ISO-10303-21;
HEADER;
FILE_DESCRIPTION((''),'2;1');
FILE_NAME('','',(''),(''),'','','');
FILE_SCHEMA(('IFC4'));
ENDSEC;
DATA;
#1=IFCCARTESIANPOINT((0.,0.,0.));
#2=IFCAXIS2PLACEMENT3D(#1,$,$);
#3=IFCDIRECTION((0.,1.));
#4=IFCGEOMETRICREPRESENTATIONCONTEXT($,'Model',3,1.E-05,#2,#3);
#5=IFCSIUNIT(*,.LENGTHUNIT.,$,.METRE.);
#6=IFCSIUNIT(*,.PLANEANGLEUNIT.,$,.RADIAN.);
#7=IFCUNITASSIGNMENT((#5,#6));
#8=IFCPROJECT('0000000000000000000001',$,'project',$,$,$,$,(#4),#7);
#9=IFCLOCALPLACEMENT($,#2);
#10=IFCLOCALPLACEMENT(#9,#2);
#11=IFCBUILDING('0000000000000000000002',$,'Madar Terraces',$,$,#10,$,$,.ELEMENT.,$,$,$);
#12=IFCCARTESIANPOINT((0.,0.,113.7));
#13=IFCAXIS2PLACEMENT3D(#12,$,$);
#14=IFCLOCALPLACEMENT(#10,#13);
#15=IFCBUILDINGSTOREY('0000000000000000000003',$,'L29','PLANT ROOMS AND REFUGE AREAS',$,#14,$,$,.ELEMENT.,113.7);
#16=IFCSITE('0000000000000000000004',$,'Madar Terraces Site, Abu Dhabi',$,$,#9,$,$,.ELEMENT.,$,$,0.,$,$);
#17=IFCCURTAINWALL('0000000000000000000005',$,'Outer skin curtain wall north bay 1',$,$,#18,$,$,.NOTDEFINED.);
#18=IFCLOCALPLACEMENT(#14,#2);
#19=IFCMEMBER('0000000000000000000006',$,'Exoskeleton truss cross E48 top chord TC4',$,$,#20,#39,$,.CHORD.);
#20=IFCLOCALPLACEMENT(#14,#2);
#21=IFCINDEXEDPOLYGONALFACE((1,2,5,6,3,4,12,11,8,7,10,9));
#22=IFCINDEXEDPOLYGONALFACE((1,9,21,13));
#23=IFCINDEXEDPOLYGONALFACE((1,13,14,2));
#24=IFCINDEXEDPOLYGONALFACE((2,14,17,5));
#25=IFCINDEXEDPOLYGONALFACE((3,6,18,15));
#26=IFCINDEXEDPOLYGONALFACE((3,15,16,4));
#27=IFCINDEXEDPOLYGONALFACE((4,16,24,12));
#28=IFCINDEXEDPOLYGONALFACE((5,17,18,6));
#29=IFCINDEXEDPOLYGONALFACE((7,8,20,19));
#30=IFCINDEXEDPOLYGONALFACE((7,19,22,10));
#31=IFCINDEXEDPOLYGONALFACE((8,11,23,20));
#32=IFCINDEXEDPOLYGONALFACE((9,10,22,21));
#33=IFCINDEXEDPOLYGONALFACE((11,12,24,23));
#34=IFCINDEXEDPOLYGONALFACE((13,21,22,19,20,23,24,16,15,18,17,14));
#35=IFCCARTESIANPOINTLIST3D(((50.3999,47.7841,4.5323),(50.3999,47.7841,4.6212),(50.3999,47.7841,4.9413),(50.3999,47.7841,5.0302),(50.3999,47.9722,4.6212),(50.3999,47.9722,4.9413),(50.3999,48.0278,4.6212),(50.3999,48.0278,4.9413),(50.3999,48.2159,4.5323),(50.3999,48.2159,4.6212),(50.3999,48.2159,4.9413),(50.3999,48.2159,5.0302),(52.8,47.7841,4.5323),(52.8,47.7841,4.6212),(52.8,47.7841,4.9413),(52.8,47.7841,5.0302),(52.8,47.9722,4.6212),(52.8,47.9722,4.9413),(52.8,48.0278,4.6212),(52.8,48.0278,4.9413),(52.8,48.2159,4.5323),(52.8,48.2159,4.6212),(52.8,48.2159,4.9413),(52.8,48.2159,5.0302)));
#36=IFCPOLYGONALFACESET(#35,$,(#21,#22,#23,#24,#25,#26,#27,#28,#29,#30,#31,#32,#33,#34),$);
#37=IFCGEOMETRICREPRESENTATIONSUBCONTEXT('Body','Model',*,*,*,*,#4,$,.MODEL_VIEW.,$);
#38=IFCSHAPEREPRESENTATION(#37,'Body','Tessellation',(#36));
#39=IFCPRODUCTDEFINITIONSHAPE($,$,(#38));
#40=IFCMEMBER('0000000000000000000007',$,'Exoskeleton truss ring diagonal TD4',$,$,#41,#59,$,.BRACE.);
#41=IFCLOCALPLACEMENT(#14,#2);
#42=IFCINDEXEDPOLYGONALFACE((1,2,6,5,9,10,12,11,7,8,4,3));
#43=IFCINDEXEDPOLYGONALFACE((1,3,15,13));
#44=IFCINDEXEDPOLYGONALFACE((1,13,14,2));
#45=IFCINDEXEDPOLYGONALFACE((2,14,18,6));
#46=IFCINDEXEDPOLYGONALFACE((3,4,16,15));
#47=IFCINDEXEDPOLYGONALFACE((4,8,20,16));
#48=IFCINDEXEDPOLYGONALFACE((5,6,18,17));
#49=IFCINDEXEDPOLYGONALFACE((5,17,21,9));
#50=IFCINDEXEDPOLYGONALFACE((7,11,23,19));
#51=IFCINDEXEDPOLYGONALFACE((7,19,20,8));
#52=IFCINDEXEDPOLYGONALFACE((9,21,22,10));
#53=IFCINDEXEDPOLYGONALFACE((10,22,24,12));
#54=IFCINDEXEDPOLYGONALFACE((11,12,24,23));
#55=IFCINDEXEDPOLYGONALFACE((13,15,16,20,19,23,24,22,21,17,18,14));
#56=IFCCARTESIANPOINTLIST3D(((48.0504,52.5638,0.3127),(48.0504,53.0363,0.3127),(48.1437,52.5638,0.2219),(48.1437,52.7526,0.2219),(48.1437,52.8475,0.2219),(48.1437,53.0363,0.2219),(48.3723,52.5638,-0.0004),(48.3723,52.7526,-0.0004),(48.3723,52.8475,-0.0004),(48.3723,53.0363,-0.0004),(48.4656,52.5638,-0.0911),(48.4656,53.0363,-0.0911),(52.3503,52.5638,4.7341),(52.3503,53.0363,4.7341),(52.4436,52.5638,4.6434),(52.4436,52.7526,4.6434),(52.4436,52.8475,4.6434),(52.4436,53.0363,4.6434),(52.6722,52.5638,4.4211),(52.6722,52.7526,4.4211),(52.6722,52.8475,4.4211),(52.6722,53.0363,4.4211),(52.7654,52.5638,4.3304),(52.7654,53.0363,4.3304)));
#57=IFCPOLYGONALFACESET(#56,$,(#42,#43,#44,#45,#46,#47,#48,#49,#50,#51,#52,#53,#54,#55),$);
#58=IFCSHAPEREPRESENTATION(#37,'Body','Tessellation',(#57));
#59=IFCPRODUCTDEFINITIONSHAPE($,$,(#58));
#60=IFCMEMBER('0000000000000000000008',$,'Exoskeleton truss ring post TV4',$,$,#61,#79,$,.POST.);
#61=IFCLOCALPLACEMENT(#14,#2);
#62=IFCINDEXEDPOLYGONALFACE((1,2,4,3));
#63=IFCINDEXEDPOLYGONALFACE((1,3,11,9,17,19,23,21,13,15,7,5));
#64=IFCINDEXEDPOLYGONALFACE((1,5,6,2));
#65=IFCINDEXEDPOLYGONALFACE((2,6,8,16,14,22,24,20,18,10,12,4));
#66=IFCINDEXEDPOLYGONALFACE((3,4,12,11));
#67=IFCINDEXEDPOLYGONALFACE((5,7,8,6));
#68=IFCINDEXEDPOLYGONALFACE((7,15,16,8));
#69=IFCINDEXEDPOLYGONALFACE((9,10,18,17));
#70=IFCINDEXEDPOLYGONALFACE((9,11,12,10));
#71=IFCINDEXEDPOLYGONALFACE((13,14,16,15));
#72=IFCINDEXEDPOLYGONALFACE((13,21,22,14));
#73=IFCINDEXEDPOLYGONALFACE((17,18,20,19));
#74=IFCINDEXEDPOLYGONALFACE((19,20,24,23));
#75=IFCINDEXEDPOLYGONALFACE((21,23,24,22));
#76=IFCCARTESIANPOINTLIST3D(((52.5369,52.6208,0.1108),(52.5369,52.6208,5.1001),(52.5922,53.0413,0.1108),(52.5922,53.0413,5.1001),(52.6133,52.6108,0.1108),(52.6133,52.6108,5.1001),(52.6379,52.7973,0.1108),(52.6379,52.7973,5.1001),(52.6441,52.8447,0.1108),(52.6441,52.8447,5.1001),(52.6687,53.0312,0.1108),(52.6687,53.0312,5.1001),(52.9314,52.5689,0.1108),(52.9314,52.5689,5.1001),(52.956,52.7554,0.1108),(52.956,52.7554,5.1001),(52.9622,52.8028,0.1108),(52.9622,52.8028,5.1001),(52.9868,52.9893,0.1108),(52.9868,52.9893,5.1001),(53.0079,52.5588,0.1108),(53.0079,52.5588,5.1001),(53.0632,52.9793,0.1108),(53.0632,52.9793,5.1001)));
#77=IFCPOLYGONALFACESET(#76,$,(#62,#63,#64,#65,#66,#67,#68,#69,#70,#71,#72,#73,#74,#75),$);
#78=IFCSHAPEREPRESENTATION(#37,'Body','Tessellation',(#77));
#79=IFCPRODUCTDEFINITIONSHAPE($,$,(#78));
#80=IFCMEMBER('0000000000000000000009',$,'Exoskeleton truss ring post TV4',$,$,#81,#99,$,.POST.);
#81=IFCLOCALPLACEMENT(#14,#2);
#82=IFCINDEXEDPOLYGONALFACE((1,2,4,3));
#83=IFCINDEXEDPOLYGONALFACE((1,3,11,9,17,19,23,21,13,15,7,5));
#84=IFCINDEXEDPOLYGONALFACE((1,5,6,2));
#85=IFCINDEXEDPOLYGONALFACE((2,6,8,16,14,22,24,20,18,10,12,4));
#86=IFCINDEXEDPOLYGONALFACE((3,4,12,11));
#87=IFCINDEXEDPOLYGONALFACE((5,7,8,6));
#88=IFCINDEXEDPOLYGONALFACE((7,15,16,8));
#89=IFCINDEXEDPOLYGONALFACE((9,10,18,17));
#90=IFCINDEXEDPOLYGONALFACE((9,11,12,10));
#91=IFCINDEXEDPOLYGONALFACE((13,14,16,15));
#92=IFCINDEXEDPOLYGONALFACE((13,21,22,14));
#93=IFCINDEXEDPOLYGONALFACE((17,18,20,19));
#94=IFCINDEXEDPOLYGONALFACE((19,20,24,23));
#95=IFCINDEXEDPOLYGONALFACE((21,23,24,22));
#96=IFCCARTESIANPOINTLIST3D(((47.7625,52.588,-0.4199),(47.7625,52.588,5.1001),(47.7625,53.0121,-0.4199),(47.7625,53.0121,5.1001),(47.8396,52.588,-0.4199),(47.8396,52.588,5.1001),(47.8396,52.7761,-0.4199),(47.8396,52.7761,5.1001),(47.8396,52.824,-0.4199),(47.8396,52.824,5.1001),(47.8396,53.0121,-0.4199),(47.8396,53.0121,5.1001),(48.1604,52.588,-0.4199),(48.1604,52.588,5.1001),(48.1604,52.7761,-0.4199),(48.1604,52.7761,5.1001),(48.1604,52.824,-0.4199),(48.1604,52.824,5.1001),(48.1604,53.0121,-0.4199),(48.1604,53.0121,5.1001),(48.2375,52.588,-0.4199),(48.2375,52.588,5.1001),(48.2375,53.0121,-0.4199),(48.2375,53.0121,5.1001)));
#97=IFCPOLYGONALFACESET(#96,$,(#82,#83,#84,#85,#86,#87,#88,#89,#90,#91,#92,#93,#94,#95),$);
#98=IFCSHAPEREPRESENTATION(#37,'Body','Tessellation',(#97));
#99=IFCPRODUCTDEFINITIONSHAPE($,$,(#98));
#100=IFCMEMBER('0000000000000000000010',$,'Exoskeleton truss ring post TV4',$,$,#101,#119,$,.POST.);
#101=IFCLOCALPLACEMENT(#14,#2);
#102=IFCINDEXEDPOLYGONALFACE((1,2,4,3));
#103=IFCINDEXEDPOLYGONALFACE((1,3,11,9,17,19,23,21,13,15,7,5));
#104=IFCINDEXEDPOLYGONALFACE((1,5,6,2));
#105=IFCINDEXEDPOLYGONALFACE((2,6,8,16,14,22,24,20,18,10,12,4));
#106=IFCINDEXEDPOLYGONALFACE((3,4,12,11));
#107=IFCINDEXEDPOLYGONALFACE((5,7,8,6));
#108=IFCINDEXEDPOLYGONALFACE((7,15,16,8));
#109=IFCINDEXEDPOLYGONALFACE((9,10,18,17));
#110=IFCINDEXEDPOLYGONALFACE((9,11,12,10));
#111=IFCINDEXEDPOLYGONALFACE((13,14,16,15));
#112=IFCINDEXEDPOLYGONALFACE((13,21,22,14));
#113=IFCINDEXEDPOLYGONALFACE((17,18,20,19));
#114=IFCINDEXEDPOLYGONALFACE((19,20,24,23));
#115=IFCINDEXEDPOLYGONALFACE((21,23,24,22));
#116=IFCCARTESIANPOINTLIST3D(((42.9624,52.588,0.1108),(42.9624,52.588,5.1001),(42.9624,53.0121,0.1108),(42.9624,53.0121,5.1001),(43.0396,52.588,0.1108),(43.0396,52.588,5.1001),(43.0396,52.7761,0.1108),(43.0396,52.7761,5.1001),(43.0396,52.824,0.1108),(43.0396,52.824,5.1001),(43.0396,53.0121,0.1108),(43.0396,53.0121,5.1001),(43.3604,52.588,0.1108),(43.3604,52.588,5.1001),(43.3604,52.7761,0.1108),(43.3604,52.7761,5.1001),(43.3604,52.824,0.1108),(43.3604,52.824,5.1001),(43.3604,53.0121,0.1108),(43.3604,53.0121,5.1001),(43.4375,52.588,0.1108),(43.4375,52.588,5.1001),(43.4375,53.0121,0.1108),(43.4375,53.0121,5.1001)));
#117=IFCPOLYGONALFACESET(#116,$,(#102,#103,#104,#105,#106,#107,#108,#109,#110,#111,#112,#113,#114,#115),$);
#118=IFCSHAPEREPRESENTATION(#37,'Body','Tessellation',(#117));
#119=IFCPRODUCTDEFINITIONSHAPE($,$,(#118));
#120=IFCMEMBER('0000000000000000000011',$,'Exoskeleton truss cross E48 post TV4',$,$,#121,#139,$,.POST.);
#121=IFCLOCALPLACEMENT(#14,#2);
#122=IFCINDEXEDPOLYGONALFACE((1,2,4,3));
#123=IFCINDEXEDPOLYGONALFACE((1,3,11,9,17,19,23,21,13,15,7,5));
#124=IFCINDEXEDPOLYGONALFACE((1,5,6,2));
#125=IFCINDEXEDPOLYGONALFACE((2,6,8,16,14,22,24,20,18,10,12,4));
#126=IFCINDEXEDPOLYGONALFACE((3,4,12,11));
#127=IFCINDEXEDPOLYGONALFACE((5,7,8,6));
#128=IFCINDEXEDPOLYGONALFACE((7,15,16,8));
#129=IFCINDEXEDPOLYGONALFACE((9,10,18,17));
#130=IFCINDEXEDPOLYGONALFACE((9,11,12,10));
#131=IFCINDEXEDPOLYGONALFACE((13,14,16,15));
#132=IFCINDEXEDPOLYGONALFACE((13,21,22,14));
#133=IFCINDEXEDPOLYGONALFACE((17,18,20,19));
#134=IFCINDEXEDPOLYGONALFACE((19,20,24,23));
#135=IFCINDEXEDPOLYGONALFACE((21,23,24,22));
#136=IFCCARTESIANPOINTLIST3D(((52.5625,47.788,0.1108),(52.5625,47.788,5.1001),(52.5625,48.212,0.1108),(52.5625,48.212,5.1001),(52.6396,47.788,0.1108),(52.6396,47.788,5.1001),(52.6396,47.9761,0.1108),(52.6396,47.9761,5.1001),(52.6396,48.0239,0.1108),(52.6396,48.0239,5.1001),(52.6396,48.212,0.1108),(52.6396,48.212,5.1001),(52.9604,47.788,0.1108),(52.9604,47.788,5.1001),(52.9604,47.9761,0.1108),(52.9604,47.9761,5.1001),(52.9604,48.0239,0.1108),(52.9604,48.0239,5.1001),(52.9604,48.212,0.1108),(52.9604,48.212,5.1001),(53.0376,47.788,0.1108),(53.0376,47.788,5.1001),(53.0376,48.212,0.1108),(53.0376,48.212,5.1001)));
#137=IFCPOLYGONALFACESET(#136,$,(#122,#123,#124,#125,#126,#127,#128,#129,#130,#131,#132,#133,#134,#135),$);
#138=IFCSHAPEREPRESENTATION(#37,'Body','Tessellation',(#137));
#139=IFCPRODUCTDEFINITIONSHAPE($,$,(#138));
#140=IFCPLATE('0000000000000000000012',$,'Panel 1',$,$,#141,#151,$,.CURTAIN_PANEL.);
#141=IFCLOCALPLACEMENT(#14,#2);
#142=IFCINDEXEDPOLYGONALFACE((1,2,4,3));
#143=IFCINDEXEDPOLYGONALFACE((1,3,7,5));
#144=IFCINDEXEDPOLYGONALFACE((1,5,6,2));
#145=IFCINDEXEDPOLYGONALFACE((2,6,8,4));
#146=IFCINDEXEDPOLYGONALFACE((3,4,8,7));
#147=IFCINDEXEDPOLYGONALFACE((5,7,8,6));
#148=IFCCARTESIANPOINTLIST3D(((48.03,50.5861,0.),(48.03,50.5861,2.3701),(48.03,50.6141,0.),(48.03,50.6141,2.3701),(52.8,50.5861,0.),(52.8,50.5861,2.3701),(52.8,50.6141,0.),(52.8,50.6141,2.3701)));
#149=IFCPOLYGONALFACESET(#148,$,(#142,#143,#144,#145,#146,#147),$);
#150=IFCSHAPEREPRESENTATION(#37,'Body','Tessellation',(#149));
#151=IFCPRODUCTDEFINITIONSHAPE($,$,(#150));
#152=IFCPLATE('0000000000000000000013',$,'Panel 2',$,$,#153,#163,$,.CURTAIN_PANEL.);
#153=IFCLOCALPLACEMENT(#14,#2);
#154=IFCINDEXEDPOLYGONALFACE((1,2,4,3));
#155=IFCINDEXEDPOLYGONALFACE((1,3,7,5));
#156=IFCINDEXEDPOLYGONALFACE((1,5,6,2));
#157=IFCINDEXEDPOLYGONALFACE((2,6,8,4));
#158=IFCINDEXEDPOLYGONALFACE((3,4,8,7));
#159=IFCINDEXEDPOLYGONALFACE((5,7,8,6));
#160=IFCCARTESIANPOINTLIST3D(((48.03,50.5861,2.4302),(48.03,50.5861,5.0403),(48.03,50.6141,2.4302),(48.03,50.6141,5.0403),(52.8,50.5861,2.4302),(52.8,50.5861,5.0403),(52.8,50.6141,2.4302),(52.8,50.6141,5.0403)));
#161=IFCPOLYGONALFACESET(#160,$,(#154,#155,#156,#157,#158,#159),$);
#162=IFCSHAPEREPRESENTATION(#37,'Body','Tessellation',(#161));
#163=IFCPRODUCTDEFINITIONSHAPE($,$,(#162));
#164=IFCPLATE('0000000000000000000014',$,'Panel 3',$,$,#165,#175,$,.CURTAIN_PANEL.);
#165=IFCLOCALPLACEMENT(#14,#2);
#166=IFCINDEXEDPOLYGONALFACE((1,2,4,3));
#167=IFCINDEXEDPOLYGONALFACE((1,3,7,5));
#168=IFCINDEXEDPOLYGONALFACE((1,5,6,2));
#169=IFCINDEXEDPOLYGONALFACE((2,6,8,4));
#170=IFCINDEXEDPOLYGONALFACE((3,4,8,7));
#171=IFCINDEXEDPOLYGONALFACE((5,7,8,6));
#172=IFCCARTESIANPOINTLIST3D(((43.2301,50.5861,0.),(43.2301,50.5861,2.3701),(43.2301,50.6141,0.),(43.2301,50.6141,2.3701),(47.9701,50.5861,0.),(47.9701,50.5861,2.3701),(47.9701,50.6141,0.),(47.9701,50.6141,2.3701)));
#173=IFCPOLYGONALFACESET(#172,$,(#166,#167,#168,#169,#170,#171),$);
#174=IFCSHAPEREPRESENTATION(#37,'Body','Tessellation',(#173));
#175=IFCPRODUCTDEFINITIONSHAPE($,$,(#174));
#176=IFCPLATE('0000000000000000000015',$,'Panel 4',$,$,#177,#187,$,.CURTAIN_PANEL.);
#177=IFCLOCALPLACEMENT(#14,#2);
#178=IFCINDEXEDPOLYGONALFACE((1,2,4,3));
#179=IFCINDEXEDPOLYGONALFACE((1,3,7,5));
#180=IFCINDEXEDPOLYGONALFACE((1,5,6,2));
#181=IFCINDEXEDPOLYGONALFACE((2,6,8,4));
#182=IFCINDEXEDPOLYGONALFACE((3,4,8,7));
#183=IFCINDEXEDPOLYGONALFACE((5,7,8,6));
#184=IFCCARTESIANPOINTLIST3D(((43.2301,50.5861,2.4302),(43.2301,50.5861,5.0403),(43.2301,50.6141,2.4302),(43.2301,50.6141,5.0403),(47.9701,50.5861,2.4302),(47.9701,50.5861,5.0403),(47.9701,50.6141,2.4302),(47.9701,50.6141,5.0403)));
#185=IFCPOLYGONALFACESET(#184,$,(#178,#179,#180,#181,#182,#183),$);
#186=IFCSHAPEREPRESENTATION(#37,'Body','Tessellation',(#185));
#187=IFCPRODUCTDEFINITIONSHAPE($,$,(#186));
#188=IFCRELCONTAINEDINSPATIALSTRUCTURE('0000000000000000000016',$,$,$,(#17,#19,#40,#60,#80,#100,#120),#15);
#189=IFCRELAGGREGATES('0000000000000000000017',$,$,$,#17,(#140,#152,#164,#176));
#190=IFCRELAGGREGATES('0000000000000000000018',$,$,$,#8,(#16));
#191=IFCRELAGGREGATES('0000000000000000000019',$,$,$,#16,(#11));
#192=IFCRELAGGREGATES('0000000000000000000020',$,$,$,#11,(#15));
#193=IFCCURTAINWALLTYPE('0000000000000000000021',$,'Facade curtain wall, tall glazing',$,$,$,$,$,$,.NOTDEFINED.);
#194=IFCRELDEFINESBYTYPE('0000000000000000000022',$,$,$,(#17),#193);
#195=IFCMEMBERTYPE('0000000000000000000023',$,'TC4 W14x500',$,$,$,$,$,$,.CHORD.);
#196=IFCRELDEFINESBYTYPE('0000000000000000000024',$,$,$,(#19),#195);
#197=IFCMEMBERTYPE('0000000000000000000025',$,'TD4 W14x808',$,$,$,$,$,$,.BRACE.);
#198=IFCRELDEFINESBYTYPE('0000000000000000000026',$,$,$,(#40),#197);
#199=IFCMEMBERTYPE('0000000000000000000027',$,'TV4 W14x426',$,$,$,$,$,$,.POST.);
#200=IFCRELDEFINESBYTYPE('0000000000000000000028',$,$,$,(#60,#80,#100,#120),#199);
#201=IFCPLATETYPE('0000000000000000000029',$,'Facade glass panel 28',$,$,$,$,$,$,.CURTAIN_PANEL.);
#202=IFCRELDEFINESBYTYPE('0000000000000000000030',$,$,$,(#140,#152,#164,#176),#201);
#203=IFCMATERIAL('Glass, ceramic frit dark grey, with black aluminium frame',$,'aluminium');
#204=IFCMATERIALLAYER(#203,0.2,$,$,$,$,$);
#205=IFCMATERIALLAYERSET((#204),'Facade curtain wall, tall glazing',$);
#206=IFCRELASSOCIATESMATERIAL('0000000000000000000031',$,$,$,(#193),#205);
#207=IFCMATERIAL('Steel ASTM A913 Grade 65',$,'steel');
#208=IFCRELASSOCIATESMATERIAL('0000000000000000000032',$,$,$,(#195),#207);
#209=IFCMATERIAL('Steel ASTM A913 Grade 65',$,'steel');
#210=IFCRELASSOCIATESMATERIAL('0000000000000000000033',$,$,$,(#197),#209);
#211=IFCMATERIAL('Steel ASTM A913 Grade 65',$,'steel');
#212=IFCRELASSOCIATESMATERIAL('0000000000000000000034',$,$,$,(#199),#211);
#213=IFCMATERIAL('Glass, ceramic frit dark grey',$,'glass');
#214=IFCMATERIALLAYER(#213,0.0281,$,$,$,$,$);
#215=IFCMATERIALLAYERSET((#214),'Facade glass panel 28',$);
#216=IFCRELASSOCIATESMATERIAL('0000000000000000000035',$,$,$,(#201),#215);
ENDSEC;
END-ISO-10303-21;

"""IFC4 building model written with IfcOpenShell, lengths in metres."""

from ifc_helpers import new_model, si_unit, direction, frame, origin, origin_2d, place, context, subcontext, project, spatial, rectangle, i_section, extrude, material, layer, layer_set, material_profile, profile_set, type_object, element, aggregate, save


model = new_model("IFC4")

# Units and contexts
model_context = context("Model", 3, precision=1e-05, world=origin(), true_north=direction((0.0, 1.0)))
body_context = subcontext(model_context, "Body", "Model", "MODEL_VIEW")
ifc_project = project(units=[si_unit("LENGTHUNIT", "METRE"), si_unit("PLANEANGLEUNIT", "RADIAN")], contexts=[model_context])

# Site, building, storey
site_placement = place(None, origin())
site = spatial("IfcSite", under=ifc_project, at=site_placement, Name="Madar Terraces Site, Abu Dhabi", CompositionType="ELEMENT", RefElevation=0.0)
building_placement = place(site_placement, origin())
building = spatial("IfcBuilding", under=site, at=building_placement, Name="Madar Terraces", CompositionType="ELEMENT")
storey_placement = place(building_placement, frame((0.0, 0.0, 113.7)))
storey = spatial("IfcBuildingStorey", under=building, at=storey_placement, Name="L29", Description="PLANT ROOMS AND REFUGE AREAS", CompositionType="ELEMENT", Elevation=113.7)

# Curtain wall
ifc_material_1 = material(Name="Glass, ceramic frit dark grey, with black aluminium frame", Category="aluminium")
ifc_layer_1 = layer(ifc_material_1, 0.2)
ifc_layer_set_1 = layer_set([ifc_layer_1], Name="Facade curtain wall, tall glazing")
curtain_wall_type = type_object("IfcCurtainWallType", Name="Facade curtain wall, tall glazing", PredefinedType="NOTDEFINED", material=ifc_layer_set_1)
curtain_wall_placement = place(storey_placement, origin())
curtain_wall = element("IfcCurtainWall", 1, at=curtain_wall_placement, inside=storey, type_object=curtain_wall_type, Name="Outer skin curtain wall north bay 1", PredefinedType="NOTDEFINED")

# Members
ifc_material_2 = material(Name="Steel ASTM A913 Grade 65", Category="steel")
ifc_material_profile_1 = material_profile(ifc_material_2, i_section(OverallWidth=0.4319, OverallDepth=0.4978, WebThickness=0.0557, FlangeThickness=0.0889, at=origin_2d()), Name="W14x500")
ifc_profile_set_1 = profile_set([ifc_material_profile_1], Name="Steel ASTM A913 Grade 65")
member_type_1 = type_object("IfcMemberType", Name="TC4 W14x500", PredefinedType="CHORD", material=ifc_profile_set_1)
member_1_placement = place(storey_placement, frame((52.8, 48.0, 4.7812), z_axis=(-1.0, 0.0, 0.0), x_axis=(0.0, -1.0, 0.0)))
element("IfcMember", 2, at=member_1_placement, inside=storey, type_object=member_type_1, Name="Exoskeleton truss cross E48 top chord TC4", PredefinedType="CHORD", context=body_context, shape_type="SweptSolid", body=[
    extrude(i_section(OverallWidth=0.4319, OverallDepth=0.4978, WebThickness=0.0557, FlangeThickness=0.0889, at=origin_2d()), origin(), (0.0, 0.0, 1.0), 2.4001),
])
ifc_material_3 = material(Name="Steel ASTM A913 Grade 65", Category="steel")
ifc_material_profile_2 = material_profile(ifc_material_3, i_section(OverallWidth=0.4724, OverallDepth=0.5791, WebThickness=0.095, FlangeThickness=0.1301, at=origin_2d()), Name="W14x808")
ifc_profile_set_2 = profile_set([ifc_material_profile_2], Name="Steel ASTM A913 Grade 65")
member_type_2 = type_object("IfcMemberType", Name="TD4 W14x808", PredefinedType="BRACE", material=ifc_profile_set_2)
member_2_placement = place(storey_placement, frame((52.5579, 52.8, 4.5322), z_axis=(-0.697181, 0.0, -0.716895), x_axis=(0.0, -1.0, 0.0)))
element("IfcMember", 3, at=member_2_placement, inside=storey, type_object=member_type_2, Name="Exoskeleton truss ring diagonal TD4", PredefinedType="BRACE", context=body_context, shape_type="SweptSolid", body=[
    extrude(i_section(OverallWidth=0.4724, OverallDepth=0.5791, WebThickness=0.095, FlangeThickness=0.1301, at=origin_2d()), origin(), (0.0, 0.0, 1.0), 6.1675),
])
ifc_material_4 = material(Name="Steel ASTM A913 Grade 65", Category="steel")
ifc_material_profile_3 = material_profile(ifc_material_4, i_section(OverallWidth=0.4241, OverallDepth=0.4751, WebThickness=0.0479, FlangeThickness=0.0771, at=origin_2d()), Name="W14x426")
ifc_profile_set_3 = profile_set([ifc_material_profile_3], Name="Steel ASTM A913 Grade 65")
member_type_3 = type_object("IfcMemberType", Name="TV4 W14x426", PredefinedType="POST", material=ifc_profile_set_3)
member_3_placement = place(storey_placement, frame((52.8, 52.8, 0.1108), z_axis=(0.0, 0.0, 1.0), x_axis=(-0.130526, -0.991445, 0.0)))
element("IfcMember", 4, at=member_3_placement, inside=storey, type_object=member_type_3, Name="Exoskeleton truss ring post TV4", PredefinedType="POST", context=body_context, shape_type="SweptSolid", body=[
    extrude(i_section(OverallWidth=0.4241, OverallDepth=0.4751, WebThickness=0.0479, FlangeThickness=0.0771, at=origin_2d()), origin(), (0.0, 0.0, 1.0), 4.9893),
])
member_4_placement = place(storey_placement, frame((48.0, 52.8, -0.4199), z_axis=(0.0, 0.0, 1.0), x_axis=(0.0, -1.0, 0.0)))
element("IfcMember", 5, at=member_4_placement, inside=storey, type_object=member_type_3, Name="Exoskeleton truss ring post TV4", PredefinedType="POST", context=body_context, shape_type="SweptSolid", body=[
    extrude(i_section(OverallWidth=0.4241, OverallDepth=0.4751, WebThickness=0.0479, FlangeThickness=0.0771, at=origin_2d()), origin(), (0.0, 0.0, 1.0), 5.52),
])
for number, where, z_axis, x_axis, name in (
    (6, (43.2, 52.8, 0.1108), (0.0, 0.0, 1.0), (0.0, -1.0, 0.0), "Exoskeleton truss ring post TV4"),
    (7, (52.8, 48.0, 0.1108), (0.0, 0.0, 1.0), (0.0, 1.0, 0.0), "Exoskeleton truss cross E48 post TV4"),
):
    element("IfcMember", number, at=place(storey_placement, frame(where, z_axis=z_axis, x_axis=x_axis)), inside=storey, type_object=member_type_3, Name=name, PredefinedType="POST", context=body_context, shape_type="SweptSolid", body=[
        extrude(i_section(OverallWidth=0.4241, OverallDepth=0.4751, WebThickness=0.0479, FlangeThickness=0.0771, at=origin_2d()), origin(), (0.0, 0.0, 1.0), 4.9893),
    ])

# Plates
ifc_material_5 = material(Name="Glass, ceramic frit dark grey", Category="glass")
ifc_layer_2 = layer(ifc_material_5, 0.0281)
ifc_layer_set_2 = layer_set([ifc_layer_2], Name="Facade glass panel 28")
plate_type = type_object("IfcPlateType", Name="Facade glass panel 28", PredefinedType="CURTAIN_PANEL", material=ifc_layer_set_2)
plate_1_placement = place(storey_placement, frame((50.415, 50.6001, 0.0), z_axis=(0.0, 0.0, 1.0), x_axis=(-1.0, 0.0, 0.0)))
plate_1 = element("IfcPlate", 8, at=plate_1_placement, type_object=plate_type, Name="Panel 1", PredefinedType="CURTAIN_PANEL", context=body_context, shape_type="SweptSolid", body=[
    extrude(rectangle(XDim=4.77, YDim=0.0281, at=origin_2d()), origin(), (0.0, 0.0, 1.0), 2.3701),
])
plate_2_placement = place(storey_placement, frame((50.415, 50.6001, 2.4302), z_axis=(0.0, 0.0, 1.0), x_axis=(-1.0, 0.0, 0.0)))
plate_2 = element("IfcPlate", 9, at=plate_2_placement, type_object=plate_type, Name="Panel 2", PredefinedType="CURTAIN_PANEL", context=body_context, shape_type="SweptSolid", body=[
    extrude(rectangle(XDim=4.77, YDim=0.0281, at=origin_2d()), origin(), (0.0, 0.0, 1.0), 2.6101),
])
plate_3_placement = place(storey_placement, frame((45.6001, 50.6001, 0.0), z_axis=(0.0, 0.0, 1.0), x_axis=(-1.0, 0.0, 0.0)))
plate_3 = element("IfcPlate", 10, at=plate_3_placement, type_object=plate_type, Name="Panel 3", PredefinedType="CURTAIN_PANEL", context=body_context, shape_type="SweptSolid", body=[
    extrude(rectangle(XDim=4.74, YDim=0.0281, at=origin_2d()), origin(), (0.0, 0.0, 1.0), 2.3701),
])
plate_4_placement = place(storey_placement, frame((45.6001, 50.6001, 2.4302), z_axis=(0.0, 0.0, 1.0), x_axis=(-1.0, 0.0, 0.0)))
plate_4 = element("IfcPlate", 11, at=plate_4_placement, type_object=plate_type, Name="Panel 4", PredefinedType="CURTAIN_PANEL", context=body_context, shape_type="SweptSolid", body=[
    extrude(rectangle(XDim=4.74, YDim=0.0281, at=origin_2d()), origin(), (0.0, 0.0, 1.0), 2.6101),
])
aggregate(curtain_wall, [plate_1, plate_2, plate_3, plate_4])

save(model, "model.ifc")
